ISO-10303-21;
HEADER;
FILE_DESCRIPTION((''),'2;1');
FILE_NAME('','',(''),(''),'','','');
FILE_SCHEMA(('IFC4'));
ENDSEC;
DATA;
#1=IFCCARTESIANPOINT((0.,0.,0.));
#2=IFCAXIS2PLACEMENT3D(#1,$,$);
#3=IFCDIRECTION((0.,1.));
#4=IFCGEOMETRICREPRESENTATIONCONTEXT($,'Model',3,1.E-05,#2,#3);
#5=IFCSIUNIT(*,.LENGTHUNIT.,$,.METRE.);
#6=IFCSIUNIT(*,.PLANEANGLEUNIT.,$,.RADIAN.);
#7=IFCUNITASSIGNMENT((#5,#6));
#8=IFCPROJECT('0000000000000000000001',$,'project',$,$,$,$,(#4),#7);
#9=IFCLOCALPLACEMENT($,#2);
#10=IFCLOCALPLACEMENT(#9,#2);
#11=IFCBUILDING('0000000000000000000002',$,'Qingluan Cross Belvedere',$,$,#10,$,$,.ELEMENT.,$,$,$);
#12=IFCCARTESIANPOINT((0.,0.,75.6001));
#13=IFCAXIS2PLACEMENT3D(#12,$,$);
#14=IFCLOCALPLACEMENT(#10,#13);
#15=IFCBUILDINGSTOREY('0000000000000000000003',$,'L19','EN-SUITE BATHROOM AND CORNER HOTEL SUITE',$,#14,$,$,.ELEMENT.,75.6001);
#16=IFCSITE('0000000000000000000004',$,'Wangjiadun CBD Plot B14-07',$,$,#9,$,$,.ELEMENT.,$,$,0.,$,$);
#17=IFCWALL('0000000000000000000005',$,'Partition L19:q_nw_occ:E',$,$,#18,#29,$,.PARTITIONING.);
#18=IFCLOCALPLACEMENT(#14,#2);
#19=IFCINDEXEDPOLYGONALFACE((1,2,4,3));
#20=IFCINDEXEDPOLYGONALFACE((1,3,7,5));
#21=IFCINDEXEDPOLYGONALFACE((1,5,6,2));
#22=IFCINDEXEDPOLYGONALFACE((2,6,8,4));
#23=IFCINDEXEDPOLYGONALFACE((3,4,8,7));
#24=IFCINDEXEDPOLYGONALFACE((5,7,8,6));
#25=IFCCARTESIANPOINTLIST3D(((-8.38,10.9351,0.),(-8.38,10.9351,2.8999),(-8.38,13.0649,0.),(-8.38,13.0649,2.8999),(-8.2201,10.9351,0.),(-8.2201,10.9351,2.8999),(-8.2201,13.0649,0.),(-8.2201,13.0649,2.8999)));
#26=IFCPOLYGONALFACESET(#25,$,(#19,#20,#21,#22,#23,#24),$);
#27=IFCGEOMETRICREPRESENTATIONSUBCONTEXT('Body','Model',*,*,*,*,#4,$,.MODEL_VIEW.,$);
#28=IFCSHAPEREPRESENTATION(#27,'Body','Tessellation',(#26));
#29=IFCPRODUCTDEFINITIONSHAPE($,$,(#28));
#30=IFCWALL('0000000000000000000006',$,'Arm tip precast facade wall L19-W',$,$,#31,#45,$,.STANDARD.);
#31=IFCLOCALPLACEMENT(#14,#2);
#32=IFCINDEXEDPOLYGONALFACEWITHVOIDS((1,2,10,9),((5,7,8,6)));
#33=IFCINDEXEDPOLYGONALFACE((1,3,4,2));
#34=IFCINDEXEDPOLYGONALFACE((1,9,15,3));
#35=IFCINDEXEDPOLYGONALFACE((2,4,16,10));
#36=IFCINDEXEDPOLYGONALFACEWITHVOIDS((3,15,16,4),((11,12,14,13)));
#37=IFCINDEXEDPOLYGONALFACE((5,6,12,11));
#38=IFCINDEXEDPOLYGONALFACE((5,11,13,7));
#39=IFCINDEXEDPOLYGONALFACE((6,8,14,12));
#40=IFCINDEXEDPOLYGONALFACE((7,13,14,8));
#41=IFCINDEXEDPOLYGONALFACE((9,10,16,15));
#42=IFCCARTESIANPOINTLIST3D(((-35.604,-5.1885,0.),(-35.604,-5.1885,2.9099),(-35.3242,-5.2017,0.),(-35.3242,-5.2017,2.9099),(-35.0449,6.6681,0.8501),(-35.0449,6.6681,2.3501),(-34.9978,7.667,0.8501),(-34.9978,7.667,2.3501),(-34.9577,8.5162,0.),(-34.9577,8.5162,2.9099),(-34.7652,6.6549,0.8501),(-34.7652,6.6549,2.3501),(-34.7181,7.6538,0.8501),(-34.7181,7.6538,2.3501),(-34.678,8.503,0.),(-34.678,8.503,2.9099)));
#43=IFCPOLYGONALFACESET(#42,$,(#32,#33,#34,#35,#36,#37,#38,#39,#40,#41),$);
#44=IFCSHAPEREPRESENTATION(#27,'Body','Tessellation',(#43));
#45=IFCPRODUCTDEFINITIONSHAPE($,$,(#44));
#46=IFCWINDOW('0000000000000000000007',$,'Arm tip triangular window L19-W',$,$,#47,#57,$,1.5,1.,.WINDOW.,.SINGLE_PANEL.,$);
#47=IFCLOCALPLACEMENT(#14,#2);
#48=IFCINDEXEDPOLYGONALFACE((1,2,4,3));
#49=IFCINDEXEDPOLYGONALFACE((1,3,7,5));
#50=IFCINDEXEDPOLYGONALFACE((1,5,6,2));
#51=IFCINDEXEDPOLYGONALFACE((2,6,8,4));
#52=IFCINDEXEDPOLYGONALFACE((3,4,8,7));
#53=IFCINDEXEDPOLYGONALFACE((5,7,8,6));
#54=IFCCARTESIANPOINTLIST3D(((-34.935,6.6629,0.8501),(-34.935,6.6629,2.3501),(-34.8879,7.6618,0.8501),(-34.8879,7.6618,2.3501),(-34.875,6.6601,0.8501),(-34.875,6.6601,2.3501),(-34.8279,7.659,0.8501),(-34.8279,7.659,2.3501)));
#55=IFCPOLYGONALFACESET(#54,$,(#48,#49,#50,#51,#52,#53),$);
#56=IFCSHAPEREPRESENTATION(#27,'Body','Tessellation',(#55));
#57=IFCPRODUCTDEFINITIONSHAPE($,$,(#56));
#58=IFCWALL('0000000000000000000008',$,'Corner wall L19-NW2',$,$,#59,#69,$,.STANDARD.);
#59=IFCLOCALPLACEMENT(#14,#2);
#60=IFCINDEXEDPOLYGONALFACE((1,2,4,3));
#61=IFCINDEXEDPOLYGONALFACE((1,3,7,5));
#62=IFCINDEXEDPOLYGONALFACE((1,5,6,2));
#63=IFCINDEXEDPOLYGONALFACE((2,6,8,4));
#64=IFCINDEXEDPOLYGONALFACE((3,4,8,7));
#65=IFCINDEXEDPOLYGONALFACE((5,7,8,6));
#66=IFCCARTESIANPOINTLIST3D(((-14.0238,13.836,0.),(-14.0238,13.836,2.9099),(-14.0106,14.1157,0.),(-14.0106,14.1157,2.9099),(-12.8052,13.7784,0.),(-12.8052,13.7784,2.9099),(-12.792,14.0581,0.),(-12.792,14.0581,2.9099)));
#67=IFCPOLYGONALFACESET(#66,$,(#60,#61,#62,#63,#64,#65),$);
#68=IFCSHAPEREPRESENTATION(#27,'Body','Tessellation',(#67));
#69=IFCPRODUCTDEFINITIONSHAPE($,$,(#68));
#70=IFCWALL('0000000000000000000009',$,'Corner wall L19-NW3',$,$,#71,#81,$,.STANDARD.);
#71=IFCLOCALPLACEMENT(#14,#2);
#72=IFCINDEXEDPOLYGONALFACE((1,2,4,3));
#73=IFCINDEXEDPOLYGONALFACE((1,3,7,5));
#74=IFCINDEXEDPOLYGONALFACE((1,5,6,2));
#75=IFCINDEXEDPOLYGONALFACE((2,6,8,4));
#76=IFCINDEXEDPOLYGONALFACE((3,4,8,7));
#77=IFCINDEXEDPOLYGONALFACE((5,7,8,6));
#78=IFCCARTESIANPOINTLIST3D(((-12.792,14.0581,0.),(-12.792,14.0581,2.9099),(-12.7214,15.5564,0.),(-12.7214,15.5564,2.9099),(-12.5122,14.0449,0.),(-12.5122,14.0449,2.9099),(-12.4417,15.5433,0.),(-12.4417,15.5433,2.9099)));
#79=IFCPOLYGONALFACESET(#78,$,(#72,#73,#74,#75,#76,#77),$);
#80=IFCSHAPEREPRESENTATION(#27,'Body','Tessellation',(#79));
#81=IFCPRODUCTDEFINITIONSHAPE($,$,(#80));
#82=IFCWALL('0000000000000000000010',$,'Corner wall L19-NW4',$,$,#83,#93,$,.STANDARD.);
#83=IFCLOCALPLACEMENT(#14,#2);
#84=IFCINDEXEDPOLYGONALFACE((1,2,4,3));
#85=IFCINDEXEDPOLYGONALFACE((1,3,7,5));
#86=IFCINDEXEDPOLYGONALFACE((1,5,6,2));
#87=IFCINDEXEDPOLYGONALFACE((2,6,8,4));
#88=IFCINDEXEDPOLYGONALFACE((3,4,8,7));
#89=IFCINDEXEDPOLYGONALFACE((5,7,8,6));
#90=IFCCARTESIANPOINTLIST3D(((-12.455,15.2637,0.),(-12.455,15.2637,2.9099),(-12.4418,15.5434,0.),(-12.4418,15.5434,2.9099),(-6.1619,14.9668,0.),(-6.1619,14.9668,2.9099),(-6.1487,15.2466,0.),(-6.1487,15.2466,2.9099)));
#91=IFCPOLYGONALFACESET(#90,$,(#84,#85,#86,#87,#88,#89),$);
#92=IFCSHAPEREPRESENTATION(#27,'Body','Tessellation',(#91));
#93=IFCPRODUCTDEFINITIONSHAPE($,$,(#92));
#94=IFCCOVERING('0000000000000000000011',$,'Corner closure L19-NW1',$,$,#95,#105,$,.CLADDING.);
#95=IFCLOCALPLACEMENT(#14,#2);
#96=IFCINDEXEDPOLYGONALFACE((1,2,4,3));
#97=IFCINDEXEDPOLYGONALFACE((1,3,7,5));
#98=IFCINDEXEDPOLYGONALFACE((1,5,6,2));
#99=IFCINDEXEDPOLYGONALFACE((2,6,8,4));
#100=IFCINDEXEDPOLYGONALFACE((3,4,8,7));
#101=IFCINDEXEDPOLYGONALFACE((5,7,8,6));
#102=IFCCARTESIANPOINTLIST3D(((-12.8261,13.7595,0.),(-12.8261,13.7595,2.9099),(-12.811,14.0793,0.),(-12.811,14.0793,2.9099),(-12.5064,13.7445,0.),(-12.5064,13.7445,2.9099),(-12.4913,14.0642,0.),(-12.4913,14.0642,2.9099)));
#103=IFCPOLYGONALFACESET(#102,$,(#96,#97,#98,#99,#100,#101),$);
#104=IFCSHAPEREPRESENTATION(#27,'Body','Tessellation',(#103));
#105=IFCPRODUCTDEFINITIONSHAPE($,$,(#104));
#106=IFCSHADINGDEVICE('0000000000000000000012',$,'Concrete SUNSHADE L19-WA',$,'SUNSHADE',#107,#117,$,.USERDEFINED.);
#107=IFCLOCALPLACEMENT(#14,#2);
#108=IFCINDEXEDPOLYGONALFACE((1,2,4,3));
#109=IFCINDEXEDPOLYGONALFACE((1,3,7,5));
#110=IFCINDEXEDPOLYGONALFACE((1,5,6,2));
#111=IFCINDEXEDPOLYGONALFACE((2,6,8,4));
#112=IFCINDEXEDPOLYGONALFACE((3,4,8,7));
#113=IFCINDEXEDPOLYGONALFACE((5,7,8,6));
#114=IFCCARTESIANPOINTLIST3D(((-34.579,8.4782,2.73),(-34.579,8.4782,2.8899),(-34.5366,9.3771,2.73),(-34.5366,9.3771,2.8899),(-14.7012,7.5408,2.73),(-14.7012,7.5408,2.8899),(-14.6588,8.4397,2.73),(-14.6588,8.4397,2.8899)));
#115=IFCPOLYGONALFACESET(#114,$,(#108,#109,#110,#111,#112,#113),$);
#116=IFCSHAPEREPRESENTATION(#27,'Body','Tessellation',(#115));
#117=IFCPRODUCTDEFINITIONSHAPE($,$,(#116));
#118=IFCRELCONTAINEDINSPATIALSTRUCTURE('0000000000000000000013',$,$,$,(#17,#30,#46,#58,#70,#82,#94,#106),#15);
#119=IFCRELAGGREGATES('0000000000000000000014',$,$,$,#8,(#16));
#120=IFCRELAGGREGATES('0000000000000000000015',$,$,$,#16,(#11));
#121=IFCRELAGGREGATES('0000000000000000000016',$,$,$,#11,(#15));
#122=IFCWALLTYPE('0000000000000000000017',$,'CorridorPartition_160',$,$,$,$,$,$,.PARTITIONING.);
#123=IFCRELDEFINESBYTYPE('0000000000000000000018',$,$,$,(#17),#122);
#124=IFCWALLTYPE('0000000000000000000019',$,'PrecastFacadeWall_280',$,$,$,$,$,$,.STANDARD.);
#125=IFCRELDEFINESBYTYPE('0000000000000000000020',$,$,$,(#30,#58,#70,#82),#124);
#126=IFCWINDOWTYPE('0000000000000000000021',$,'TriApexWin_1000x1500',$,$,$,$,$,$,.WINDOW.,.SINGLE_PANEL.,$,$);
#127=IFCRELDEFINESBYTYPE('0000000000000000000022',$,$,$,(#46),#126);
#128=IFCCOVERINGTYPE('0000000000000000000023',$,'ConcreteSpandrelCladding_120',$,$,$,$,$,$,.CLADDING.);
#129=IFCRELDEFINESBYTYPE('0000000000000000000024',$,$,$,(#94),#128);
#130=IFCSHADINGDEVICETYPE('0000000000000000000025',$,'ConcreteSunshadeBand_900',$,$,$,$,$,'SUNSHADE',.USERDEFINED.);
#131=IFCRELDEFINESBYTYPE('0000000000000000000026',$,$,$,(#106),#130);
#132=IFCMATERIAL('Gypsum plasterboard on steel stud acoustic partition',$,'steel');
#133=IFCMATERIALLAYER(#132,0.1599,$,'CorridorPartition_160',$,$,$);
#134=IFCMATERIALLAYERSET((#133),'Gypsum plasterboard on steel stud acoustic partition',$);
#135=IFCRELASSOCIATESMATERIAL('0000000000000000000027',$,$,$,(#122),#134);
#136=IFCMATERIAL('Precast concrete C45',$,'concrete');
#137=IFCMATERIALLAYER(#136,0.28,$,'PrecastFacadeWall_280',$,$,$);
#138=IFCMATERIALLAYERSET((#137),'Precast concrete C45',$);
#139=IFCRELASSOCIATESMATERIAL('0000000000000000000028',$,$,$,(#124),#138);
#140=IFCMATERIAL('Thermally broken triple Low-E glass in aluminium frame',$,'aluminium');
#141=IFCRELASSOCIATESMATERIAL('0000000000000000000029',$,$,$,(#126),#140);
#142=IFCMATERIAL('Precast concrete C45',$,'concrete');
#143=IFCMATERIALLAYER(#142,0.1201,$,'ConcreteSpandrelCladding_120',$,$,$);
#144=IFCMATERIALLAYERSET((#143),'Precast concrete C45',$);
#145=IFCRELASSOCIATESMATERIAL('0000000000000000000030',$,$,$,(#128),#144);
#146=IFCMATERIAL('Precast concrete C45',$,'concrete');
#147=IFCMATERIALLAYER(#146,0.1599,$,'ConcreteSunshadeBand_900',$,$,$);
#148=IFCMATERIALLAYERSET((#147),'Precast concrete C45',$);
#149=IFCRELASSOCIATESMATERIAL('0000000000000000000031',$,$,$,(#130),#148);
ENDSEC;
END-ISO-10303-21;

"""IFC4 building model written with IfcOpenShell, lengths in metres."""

from ifc_helpers import new_model, si_unit, direction, frame, frame_2d, origin, origin_2d, place, context, subcontext, project, spatial, rectangle, extrude, material, layer, layer_set, type_object, element, fill, save


model = new_model("IFC4")

# Units and contexts
model_context = context("Model", 3, precision=1e-05, world=origin(), true_north=direction((0.0, 1.0)))
body_context = subcontext(model_context, "Body", "Model", "MODEL_VIEW")
ifc_project = project(units=[si_unit("LENGTHUNIT", "METRE"), si_unit("PLANEANGLEUNIT", "RADIAN")], contexts=[model_context])

# Site, building, storey
site_placement = place(None, origin())
site = spatial("IfcSite", under=ifc_project, at=site_placement, Name="Wangjiadun CBD Plot B14-07", CompositionType="ELEMENT", RefElevation=0.0)
building_placement = place(site_placement, origin())
building = spatial("IfcBuilding", under=site, at=building_placement, Name="Qingluan Cross Belvedere", CompositionType="ELEMENT")
storey_placement = place(building_placement, frame((0.0, 0.0, 75.6001)))
storey = spatial("IfcBuildingStorey", under=building, at=storey_placement, Name="L19", Description="EN-SUITE BATHROOM AND CORNER HOTEL SUITE", CompositionType="ELEMENT", Elevation=75.6001)

# Shared definitions
ifc_material_1 = material(Name="Gypsum plasterboard on steel stud acoustic partition", Category="steel")
ifc_layer_1 = layer(ifc_material_1, 0.1599, Name="CorridorPartition_160")
ifc_layer_set_1 = layer_set([ifc_layer_1], Name="Gypsum plasterboard on steel stud acoustic partition")
wall_type_1 = type_object("IfcWallType", Name="CorridorPartition_160", PredefinedType="PARTITIONING", material=ifc_layer_set_1)

# Wall
for number, where, z_axis, x_axis, name in (
    (1, (-8.3, 10.9351, 0.0), (0.0, 0.0, 1.0), (0.0, 1.0, 0.0), "Partition L19:q_nw_occ:E"),
):
    element("IfcWall", number, at=place(storey_placement, frame(where, z_axis=z_axis, x_axis=x_axis)), inside=storey, type_object=wall_type_1, Name=name, PredefinedType="PARTITIONING", context=body_context, shape_type="SweptSolid", body=[
        extrude(rectangle(XDim=2.1299, YDim=0.1599, at=frame_2d((1.0649, 0.0))), origin(), (0.0, 0.0, 1.0), 2.8999),
    ])

# Wall, opening, window
ifc_material_2 = material(Name="Precast concrete C45", Category="concrete")
ifc_layer_2 = layer(ifc_material_2, 0.28, Name="PrecastFacadeWall_280")
ifc_layer_set_2 = layer_set([ifc_layer_2], Name="Precast concrete C45")
wall_type_2 = type_object("IfcWallType", Name="PrecastFacadeWall_280", PredefinedType="STANDARD", material=ifc_layer_set_2)
wall_1_placement = place(storey_placement, frame((-34.8179, 8.5095, 0.0), z_axis=(0.0, 0.0, 1.0), x_axis=(-0.047102, -0.99889, 0.0)))
wall_1 = element("IfcWall", 2, at=wall_1_placement, inside=storey, type_object=wall_type_2, Name="Arm tip precast facade wall L19-W", PredefinedType="STANDARD", context=body_context, shape_type="SweptSolid", body=[
    extrude(rectangle(XDim=13.72, YDim=0.28, at=frame_2d((6.8599, 0.0))), origin(), (0.0, 0.0, 1.0), 2.9099),
])
opening_1_placement = place(wall_1_placement, frame((0.8501, 0.0, 0.8501)))
opening_1 = element("IfcOpeningElement", 3, at=opening_1_placement, cuts=wall_1, PredefinedType="OPENING", context=body_context, shape_type="SweptSolid", body=[
    extrude(rectangle(XDim=1.0, YDim=1.5, at=frame_2d((0.5, 0.75))), frame((0.0, 0.1499, 0.0), z_axis=(0.0, -1.0, 0.0), x_axis=(1.0, 0.0, 0.0)), (0.0, 0.0, 1.0), 0.3),
])
ifc_material_3 = material(Name="Thermally broken triple Low-E glass in aluminium frame", Category="aluminium")
window_type = type_object("IfcWindowType", Name="TriApexWin_1000x1500", PartitioningType="SINGLE_PANEL", PredefinedType="WINDOW", material=ifc_material_3)
window_placement = place(opening_1_placement, origin())
window = element("IfcWindow", 4, at=window_placement, inside=storey, type_object=window_type, Name="Arm tip triangular window L19-W", OverallHeight=1.5, OverallWidth=1.0, PartitioningType="SINGLE_PANEL", PredefinedType="WINDOW", context=body_context, shape_type="SweptSolid", body=[
    extrude(rectangle(XDim=1.0, YDim=1.5, at=frame_2d((0.5, 0.75))), frame((0.0, 0.03, 0.0), z_axis=(0.0, -1.0, 0.0), x_axis=(1.0, 0.0, 0.0)), (0.0, 0.0, 1.0), 0.0601),
])
fill(opening_1, window)

# Walls
wall_2_placement = place(storey_placement, frame((-14.0171, 13.9758, 0.0), z_axis=(0.0, 0.0, 1.0), x_axis=(0.998884, -0.047232, 0.0)))
element("IfcWall", 5, at=wall_2_placement, inside=storey, type_object=wall_type_2, Name="Corner wall L19-NW2", PredefinedType="STANDARD", context=body_context, shape_type="SweptSolid", body=[
    extrude(rectangle(XDim=1.22, YDim=0.28, at=frame_2d((0.6099, 0.0))), origin(), (0.0, 0.0, 1.0), 2.9099),
])
wall_3_placement = place(storey_placement, frame((-12.6521, 14.0515, 0.0), z_axis=(0.0, 0.0, 1.0), x_axis=(0.047039, 0.998893, 0.0)))
element("IfcWall", 6, at=wall_3_placement, inside=storey, type_object=wall_type_2, Name="Corner wall L19-NW3", PredefinedType="STANDARD", context=body_context, shape_type="SweptSolid", body=[
    extrude(rectangle(XDim=1.5, YDim=0.28, at=frame_2d((0.75, 0.0))), origin(), (0.0, 0.0, 1.0), 2.9099),
])
wall_4_placement = place(storey_placement, frame((-12.4482, 15.4036, 0.0), z_axis=(0.0, 0.0, 1.0), x_axis=(0.998889, -0.047123, 0.0)))
element("IfcWall", 7, at=wall_4_placement, inside=storey, type_object=wall_type_2, Name="Corner wall L19-NW4", PredefinedType="STANDARD", context=body_context, shape_type="SweptSolid", body=[
    extrude(rectangle(XDim=6.3, YDim=0.28, at=frame_2d((3.1499, 0.0))), origin(), (0.0, 0.0, 1.0), 2.9099),
])

# Covering
ifc_material_4 = material(Name="Precast concrete C45", Category="concrete")
ifc_layer_3 = layer(ifc_material_4, 0.1201, Name="ConcreteSpandrelCladding_120")
ifc_layer_set_3 = layer_set([ifc_layer_3], Name="Precast concrete C45")
covering_type = type_object("IfcCoveringType", Name="ConcreteSpandrelCladding_120", PredefinedType="CLADDING", material=ifc_layer_set_3)
covering_placement = place(storey_placement, frame((-12.6587, 13.9119, 0.0), z_axis=(0.0, 0.0, 1.0), x_axis=(0.99889, -0.047106, 0.0)))
element("IfcCovering", 8, at=covering_placement, inside=storey, type_object=covering_type, Name="Corner closure L19-NW1", PredefinedType="CLADDING", context=body_context, shape_type="SweptSolid", body=[
    extrude(rectangle(XDim=0.3201, YDim=0.3201, at=origin_2d()), origin(), (0.0, 0.0, 1.0), 2.9099),
])

# Shading device
ifc_material_5 = material(Name="Precast concrete C45", Category="concrete")
ifc_layer_4 = layer(ifc_material_5, 0.1599, Name="ConcreteSunshadeBand_900")
ifc_layer_set_4 = layer_set([ifc_layer_4], Name="Precast concrete C45")
shading_device_type = type_object("IfcShadingDeviceType", Name="ConcreteSunshadeBand_900", ElementType="SUNSHADE", PredefinedType="USERDEFINED", material=ifc_layer_set_4)
shading_device_placement = place(storey_placement, frame((-24.6189, 8.459, 2.73), z_axis=(0.0, 0.0, 1.0), x_axis=(-0.99889, 0.047105, 0.0)))
element("IfcShadingDevice", 9, at=shading_device_placement, inside=storey, type_object=shading_device_type, Name="Concrete SUNSHADE L19-WA", ObjectType="SUNSHADE", PredefinedType="USERDEFINED", context=body_context, shape_type="SweptSolid", body=[
    extrude(rectangle(XDim=19.8999, YDim=0.8999, at=origin_2d()), origin(), (0.0, 0.0, 1.0), 0.1599),
])

save(model, "model.ifc")
